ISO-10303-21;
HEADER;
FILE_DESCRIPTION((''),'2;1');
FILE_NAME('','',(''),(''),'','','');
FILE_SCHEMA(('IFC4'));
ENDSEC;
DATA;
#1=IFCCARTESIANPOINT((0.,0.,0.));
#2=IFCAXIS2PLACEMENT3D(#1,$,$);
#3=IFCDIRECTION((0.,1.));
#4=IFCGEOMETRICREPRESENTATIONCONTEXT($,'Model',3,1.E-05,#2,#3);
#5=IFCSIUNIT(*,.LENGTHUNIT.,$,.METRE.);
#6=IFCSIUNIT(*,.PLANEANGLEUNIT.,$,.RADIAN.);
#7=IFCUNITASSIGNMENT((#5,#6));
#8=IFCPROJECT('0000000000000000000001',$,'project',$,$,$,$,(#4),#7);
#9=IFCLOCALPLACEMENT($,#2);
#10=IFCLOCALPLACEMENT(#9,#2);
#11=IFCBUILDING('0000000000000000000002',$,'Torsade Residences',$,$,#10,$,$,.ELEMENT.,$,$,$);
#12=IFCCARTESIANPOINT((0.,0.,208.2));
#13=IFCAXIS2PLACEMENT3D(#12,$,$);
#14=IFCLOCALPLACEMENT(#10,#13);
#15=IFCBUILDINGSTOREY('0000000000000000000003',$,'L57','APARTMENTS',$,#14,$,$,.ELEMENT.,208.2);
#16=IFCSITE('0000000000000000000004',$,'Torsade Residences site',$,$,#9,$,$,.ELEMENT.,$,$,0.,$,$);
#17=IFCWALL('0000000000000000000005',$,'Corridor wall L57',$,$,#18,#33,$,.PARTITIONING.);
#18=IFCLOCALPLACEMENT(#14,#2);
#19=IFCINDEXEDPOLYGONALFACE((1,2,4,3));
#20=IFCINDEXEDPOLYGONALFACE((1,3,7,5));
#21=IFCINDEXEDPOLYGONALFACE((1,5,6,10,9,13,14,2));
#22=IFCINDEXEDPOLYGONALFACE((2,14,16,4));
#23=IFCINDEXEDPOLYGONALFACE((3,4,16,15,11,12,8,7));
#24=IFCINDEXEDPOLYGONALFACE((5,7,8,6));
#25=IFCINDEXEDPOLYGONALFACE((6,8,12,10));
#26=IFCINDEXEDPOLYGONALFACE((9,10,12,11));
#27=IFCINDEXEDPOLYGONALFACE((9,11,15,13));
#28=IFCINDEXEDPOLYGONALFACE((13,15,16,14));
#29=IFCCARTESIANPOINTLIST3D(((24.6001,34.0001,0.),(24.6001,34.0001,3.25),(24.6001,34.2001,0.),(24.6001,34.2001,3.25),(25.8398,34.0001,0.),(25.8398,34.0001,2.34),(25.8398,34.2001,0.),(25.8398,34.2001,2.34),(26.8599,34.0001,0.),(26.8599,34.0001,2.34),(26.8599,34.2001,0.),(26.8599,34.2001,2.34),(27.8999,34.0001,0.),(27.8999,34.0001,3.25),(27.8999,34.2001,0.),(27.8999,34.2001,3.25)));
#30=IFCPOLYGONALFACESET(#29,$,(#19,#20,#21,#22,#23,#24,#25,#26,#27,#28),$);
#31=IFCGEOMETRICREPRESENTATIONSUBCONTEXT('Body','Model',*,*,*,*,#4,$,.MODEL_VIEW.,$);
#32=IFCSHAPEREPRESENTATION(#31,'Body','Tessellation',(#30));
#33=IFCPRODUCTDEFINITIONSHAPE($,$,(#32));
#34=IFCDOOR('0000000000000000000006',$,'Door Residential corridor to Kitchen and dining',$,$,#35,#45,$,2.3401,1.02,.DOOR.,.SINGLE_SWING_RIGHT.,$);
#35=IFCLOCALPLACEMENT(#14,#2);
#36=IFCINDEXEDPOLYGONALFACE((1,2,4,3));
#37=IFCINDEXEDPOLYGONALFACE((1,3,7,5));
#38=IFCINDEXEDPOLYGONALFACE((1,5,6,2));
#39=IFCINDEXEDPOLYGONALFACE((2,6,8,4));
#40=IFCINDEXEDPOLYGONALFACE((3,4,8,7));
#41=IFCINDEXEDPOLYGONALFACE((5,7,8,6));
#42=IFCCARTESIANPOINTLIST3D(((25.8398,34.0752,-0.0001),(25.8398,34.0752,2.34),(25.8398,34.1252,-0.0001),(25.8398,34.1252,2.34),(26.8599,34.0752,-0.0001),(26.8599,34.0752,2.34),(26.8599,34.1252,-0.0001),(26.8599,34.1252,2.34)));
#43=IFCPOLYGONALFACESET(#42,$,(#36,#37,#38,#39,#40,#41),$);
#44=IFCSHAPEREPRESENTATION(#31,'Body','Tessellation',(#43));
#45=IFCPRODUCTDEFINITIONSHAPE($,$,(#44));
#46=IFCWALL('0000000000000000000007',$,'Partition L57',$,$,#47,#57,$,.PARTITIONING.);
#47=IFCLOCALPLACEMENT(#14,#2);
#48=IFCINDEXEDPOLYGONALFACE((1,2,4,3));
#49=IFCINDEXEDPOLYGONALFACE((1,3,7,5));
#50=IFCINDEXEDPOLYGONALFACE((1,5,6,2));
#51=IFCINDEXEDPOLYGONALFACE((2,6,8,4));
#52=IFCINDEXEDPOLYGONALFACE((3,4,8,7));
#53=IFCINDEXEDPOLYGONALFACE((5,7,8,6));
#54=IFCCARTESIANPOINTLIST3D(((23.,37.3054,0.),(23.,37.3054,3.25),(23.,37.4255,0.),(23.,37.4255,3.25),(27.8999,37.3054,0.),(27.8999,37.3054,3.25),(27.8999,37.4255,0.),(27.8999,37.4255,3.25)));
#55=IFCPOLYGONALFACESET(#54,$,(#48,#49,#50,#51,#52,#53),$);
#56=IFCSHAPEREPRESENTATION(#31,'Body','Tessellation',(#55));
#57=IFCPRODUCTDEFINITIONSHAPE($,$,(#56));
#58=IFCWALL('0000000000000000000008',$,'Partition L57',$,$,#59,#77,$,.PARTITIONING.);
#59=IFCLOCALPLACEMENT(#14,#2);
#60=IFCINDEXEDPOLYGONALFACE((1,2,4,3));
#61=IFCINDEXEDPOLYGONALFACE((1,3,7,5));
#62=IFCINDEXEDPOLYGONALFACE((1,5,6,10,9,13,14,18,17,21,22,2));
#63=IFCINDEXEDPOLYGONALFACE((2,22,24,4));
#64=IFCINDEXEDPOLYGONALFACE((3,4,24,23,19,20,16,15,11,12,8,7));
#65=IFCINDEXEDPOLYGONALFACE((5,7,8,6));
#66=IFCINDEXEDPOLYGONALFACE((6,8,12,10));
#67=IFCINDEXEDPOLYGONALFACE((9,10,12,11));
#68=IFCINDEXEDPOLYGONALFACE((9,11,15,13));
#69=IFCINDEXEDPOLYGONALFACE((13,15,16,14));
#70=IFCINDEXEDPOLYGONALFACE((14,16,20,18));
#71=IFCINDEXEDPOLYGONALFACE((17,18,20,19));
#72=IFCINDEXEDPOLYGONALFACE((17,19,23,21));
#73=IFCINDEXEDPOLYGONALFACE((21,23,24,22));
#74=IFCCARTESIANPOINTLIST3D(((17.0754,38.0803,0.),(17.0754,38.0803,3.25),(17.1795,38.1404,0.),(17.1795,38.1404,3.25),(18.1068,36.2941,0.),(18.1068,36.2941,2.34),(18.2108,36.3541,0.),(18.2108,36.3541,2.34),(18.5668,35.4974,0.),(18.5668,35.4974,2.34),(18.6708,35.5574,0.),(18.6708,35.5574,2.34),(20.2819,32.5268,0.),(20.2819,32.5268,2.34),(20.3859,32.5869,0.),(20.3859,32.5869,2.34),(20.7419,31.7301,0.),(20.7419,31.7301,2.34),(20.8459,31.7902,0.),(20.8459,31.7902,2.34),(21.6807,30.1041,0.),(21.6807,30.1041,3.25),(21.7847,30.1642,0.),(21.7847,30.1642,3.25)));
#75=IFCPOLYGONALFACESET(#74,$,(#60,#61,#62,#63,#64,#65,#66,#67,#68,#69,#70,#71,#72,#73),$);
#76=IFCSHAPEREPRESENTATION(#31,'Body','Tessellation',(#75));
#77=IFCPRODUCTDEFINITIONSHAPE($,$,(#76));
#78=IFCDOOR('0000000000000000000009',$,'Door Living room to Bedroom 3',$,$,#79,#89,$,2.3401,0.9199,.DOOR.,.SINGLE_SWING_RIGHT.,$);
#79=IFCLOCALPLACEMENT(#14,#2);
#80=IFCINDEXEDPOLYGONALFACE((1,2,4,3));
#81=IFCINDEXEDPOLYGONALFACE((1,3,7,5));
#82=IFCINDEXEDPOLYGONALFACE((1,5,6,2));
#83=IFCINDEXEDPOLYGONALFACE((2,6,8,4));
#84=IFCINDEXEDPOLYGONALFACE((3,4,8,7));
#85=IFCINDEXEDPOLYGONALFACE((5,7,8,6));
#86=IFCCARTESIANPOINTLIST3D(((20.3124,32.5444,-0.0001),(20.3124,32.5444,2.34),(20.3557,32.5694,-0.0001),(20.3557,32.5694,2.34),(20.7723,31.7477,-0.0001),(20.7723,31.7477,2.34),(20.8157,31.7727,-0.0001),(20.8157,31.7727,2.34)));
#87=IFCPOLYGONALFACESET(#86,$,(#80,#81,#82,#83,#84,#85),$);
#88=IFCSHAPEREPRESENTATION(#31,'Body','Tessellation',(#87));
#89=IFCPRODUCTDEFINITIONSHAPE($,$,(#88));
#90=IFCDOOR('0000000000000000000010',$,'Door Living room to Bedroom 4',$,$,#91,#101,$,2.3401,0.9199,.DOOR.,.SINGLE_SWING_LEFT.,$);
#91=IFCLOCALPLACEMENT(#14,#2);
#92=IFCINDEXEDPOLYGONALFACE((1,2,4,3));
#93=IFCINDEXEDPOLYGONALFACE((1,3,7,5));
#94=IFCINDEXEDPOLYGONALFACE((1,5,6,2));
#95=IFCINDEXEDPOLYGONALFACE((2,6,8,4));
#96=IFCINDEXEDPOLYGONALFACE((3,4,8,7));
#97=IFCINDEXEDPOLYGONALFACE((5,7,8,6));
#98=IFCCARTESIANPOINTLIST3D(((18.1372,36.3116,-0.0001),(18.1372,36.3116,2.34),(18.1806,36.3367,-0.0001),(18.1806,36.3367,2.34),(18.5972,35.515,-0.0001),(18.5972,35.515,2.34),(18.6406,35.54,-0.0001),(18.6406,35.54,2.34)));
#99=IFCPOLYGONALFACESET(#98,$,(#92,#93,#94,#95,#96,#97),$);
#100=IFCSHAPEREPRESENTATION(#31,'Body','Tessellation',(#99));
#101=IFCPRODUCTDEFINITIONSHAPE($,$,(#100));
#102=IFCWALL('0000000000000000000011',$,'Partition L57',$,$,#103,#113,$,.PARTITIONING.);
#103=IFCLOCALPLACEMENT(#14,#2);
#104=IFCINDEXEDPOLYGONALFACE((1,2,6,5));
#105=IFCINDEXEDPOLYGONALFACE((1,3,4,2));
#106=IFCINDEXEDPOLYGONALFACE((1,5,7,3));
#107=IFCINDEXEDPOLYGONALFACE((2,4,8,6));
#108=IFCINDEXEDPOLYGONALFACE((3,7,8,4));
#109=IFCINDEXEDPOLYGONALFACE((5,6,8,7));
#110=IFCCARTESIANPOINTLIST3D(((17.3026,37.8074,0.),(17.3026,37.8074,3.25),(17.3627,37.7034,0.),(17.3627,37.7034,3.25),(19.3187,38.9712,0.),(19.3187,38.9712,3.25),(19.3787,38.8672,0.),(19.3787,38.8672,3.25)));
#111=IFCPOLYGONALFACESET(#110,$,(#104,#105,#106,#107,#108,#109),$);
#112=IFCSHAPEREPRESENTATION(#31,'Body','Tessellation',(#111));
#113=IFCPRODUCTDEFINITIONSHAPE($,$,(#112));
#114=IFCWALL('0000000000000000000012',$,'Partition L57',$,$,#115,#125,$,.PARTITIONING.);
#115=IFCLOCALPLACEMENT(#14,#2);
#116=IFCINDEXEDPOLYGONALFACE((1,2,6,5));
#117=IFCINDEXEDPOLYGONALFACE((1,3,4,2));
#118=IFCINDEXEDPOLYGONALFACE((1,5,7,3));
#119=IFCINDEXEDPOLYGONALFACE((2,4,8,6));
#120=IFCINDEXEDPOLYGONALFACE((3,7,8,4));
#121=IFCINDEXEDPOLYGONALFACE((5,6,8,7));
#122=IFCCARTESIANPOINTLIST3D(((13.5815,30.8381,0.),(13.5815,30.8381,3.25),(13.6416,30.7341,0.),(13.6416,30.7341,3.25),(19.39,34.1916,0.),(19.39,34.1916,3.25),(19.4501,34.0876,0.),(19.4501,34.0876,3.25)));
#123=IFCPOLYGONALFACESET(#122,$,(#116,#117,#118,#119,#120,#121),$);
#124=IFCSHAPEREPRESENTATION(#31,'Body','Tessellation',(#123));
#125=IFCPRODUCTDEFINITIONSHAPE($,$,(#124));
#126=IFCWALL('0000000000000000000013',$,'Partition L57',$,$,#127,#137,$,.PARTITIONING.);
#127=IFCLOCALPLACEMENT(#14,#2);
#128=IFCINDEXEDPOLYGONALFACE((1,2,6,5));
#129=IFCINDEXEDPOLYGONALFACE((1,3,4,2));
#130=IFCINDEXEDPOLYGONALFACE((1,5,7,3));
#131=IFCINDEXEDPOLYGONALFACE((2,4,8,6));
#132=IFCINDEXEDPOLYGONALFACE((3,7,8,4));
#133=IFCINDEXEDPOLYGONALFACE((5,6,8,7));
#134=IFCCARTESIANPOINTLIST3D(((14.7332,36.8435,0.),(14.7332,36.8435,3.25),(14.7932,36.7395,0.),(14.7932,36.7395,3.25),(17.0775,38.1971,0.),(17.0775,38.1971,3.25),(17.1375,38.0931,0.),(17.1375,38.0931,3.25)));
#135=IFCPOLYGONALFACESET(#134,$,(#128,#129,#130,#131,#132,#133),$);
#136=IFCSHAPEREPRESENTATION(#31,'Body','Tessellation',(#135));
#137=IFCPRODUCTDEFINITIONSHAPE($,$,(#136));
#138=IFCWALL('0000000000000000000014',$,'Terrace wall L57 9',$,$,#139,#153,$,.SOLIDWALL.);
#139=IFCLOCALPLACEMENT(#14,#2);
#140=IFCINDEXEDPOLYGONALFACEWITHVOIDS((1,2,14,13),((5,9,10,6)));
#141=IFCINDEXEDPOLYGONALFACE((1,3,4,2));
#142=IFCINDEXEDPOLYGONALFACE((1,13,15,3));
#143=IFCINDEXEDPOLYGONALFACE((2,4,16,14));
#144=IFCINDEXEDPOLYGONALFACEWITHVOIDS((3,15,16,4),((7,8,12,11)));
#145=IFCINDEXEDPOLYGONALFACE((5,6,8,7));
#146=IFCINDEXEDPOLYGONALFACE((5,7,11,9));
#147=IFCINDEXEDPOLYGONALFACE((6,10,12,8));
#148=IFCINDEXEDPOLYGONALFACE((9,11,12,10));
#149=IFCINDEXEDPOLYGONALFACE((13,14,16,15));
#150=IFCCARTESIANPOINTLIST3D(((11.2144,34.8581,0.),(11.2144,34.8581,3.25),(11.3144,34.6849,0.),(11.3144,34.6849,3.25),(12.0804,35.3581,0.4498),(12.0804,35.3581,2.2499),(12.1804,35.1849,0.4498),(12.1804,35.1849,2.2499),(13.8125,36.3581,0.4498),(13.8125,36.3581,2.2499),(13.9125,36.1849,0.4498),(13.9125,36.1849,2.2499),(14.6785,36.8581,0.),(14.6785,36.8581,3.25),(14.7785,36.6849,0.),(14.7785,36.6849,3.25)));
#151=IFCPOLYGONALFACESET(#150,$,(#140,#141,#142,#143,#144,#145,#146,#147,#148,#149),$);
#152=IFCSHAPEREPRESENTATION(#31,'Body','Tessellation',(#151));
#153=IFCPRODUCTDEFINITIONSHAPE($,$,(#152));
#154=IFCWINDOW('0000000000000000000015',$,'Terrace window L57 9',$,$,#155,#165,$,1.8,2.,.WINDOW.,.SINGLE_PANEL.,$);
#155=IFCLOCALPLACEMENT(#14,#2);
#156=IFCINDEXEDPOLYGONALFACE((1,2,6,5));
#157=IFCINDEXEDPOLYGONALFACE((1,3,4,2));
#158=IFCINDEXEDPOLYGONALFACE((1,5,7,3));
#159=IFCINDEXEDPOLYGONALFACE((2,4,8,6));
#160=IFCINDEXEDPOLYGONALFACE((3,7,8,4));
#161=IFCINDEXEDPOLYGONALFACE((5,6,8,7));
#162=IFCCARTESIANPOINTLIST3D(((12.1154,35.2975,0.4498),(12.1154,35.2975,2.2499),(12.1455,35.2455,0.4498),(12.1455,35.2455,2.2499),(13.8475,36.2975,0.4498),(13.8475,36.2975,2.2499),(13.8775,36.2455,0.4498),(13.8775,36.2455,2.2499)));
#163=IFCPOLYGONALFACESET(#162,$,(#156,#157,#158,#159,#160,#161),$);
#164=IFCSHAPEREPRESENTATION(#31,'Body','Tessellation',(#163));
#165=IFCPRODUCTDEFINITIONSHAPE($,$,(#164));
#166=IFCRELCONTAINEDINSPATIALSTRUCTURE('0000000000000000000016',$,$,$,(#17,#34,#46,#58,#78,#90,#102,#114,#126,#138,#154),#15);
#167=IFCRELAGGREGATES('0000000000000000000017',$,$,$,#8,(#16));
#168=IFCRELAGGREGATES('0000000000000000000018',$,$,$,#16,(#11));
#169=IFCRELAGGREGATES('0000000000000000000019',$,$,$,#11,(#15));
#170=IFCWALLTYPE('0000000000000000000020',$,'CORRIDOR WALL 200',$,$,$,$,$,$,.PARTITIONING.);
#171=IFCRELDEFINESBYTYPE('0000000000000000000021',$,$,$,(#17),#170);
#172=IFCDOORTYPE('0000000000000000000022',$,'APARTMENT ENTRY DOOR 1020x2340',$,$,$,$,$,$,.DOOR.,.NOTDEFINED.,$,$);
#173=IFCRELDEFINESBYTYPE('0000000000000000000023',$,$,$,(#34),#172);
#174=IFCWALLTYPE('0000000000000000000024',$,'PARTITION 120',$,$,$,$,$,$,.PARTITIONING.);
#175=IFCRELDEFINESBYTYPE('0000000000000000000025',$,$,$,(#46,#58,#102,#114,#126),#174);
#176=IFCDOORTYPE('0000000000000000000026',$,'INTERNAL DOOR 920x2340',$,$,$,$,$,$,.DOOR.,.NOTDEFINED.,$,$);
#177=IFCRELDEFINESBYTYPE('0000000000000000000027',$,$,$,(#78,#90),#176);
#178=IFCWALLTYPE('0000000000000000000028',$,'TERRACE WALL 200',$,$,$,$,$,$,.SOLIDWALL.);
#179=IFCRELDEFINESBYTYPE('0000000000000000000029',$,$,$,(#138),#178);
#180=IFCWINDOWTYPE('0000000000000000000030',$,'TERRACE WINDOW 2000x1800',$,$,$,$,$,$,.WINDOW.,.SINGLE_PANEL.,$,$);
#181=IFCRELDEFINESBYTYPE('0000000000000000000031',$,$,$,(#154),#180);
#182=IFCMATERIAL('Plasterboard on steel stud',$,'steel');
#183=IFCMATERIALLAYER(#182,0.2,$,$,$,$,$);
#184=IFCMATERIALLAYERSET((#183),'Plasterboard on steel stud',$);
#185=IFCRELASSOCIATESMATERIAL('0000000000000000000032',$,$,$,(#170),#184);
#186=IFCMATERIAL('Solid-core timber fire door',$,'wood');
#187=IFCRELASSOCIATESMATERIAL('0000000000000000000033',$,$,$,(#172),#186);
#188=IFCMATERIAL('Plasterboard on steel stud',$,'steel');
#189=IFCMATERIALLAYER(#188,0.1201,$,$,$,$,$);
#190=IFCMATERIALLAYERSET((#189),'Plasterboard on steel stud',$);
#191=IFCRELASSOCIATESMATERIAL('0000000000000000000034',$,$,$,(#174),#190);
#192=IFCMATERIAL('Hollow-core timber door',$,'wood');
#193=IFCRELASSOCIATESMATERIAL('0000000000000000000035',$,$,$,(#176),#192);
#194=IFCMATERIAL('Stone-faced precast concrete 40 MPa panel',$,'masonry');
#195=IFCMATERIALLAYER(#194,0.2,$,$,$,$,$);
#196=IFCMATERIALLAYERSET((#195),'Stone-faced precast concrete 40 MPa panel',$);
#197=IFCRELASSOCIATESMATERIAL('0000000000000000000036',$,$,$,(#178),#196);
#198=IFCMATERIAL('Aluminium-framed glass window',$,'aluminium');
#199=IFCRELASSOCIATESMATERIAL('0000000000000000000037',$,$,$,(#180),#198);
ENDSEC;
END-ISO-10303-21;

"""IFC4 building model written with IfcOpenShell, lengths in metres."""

from ifc_helpers import new_model, si_unit, direction, frame, frame_2d, origin, place, context, subcontext, project, spatial, rectangle, extrude, material, layer, layer_set, type_object, element, fill, save


model = new_model("IFC4")

# Units and contexts
model_context = context("Model", 3, precision=1e-05, world=origin(), true_north=direction((0.0, 1.0)))
body_context = subcontext(model_context, "Body", "Model", "MODEL_VIEW")
ifc_project = project(units=[si_unit("LENGTHUNIT", "METRE"), si_unit("PLANEANGLEUNIT", "RADIAN")], contexts=[model_context])

# Site, building, storey
site_placement = place(None, origin())
site = spatial("IfcSite", under=ifc_project, at=site_placement, Name="Torsade Residences site", CompositionType="ELEMENT", RefElevation=0.0)
building_placement = place(site_placement, origin())
building = spatial("IfcBuilding", under=site, at=building_placement, Name="Torsade Residences", CompositionType="ELEMENT")
storey_placement = place(building_placement, frame((0.0, 0.0, 208.2)))
storey = spatial("IfcBuildingStorey", under=building, at=storey_placement, Name="L57", Description="APARTMENTS", CompositionType="ELEMENT", Elevation=208.2)

# Wall, opening, door
ifc_material_1 = material(Name="Plasterboard on steel stud", Category="steel")
ifc_layer_1 = layer(ifc_material_1, 0.2)
ifc_layer_set_1 = layer_set([ifc_layer_1], Name="Plasterboard on steel stud")
wall_type_1 = type_object("IfcWallType", Name="CORRIDOR WALL 200", PredefinedType="PARTITIONING", material=ifc_layer_set_1)
wall_1_placement = place(storey_placement, frame((27.8999, 34.1001, 0.0), z_axis=(0.0, 0.0, 1.0), x_axis=(-1.0, 0.0, 0.0)))
wall_1 = element("IfcWall", 1, at=wall_1_placement, inside=storey, type_object=wall_type_1, Name="Corridor wall L57", PredefinedType="PARTITIONING", context=body_context, shape_type="SweptSolid", body=[
    extrude(rectangle(XDim=3.2998, YDim=0.2, at=frame_2d((1.6499, 0.0))), origin(), (0.0, 0.0, 1.0), 3.25),
])
opening_1_placement = place(wall_1_placement, frame((1.04, 0.0, 0.0)))
opening_1 = element("IfcOpeningElement", 2, at=opening_1_placement, cuts=wall_1, PredefinedType="OPENING", context=body_context, shape_type="SweptSolid", body=[
    extrude(rectangle(XDim=1.02, YDim=2.3401, at=frame_2d((0.51, 1.1699))), frame((0.0, 0.1099, 0.0), z_axis=(0.0, -1.0, 0.0), x_axis=(1.0, 0.0, 0.0)), (0.0, 0.0, 1.0), 0.22),
])
ifc_material_2 = material(Name="Solid-core timber fire door", Category="wood")
door_type_1 = type_object("IfcDoorType", Name="APARTMENT ENTRY DOOR 1020x2340", OperationType="NOTDEFINED", PredefinedType="DOOR", material=ifc_material_2)
door_1_placement = place(opening_1_placement, origin())
door_1 = element("IfcDoor", 3, at=door_1_placement, inside=storey, type_object=door_type_1, Name="Door Residential corridor to Kitchen and dining", OperationType="SINGLE_SWING_RIGHT", OverallHeight=2.3401, OverallWidth=1.02, PredefinedType="DOOR", context=body_context, shape_type="SweptSolid", body=[
    extrude(rectangle(XDim=1.02, YDim=2.3401, at=frame_2d((0.51, 1.1699))), frame((0.0, 0.0249, 0.0), z_axis=(0.0, -1.0, 0.0), x_axis=(1.0, 0.0, 0.0)), (0.0, 0.0, 1.0), 0.05),
])
fill(opening_1, door_1)

# Wall
ifc_material_3 = material(Name="Plasterboard on steel stud", Category="steel")
ifc_layer_2 = layer(ifc_material_3, 0.1201)
ifc_layer_set_2 = layer_set([ifc_layer_2], Name="Plasterboard on steel stud")
wall_type_2 = type_object("IfcWallType", Name="PARTITION 120", PredefinedType="PARTITIONING", material=ifc_layer_set_2)
wall_2_placement = place(storey_placement, frame((23.0, 37.3655, 0.0), z_axis=(0.0, 0.0, 1.0), x_axis=(1.0, 0.0, 0.0)))
element("IfcWall", 4, at=wall_2_placement, inside=storey, type_object=wall_type_2, Name="Partition L57", PredefinedType="PARTITIONING", context=body_context, shape_type="SweptSolid", body=[
    extrude(rectangle(XDim=4.8999, YDim=0.1201, at=frame_2d((2.45, 0.0))), origin(), (0.0, 0.0, 1.0), 3.25),
])

# Wall, openings, doors
wall_3_placement = place(storey_placement, frame((21.7327, 30.1343, 0.0), z_axis=(0.0, 0.0, 1.0), x_axis=(-0.500019, 0.866014, 0.0)))
wall_3 = element("IfcWall", 5, at=wall_3_placement, inside=storey, type_object=wall_type_2, Name="Partition L57", PredefinedType="PARTITIONING", context=body_context, shape_type="SweptSolid", body=[
    extrude(rectangle(XDim=9.2102, YDim=0.1201, at=frame_2d((4.605, 0.0))), origin(), (0.0, 0.0, 1.0), 3.25),
])
opening_2_placement = place(wall_3_placement, frame((1.8774, 0.0, 0.0)))
opening_2 = element("IfcOpeningElement", 6, at=opening_2_placement, cuts=wall_3, PredefinedType="OPENING", context=body_context, shape_type="SweptSolid", body=[
    extrude(rectangle(XDim=0.9199, YDim=2.3401, at=frame_2d((0.46, 1.1699))), frame((0.0, 0.0701, 0.0), z_axis=(0.0, -1.0, 0.0), x_axis=(1.0, 0.0, 0.0)), (0.0, 0.0, 1.0), 0.1401),
])
opening_3_placement = place(wall_3_placement, frame((6.2275, 0.0, 0.0)))
opening_3 = element("IfcOpeningElement", 7, at=opening_3_placement, cuts=wall_3, PredefinedType="OPENING", context=body_context, shape_type="SweptSolid", body=[
    extrude(rectangle(XDim=0.9199, YDim=2.3401, at=frame_2d((0.46, 1.1699))), frame((0.0, 0.0701, 0.0), z_axis=(0.0, -1.0, 0.0), x_axis=(1.0, 0.0, 0.0)), (0.0, 0.0, 1.0), 0.1401),
])
ifc_material_4 = material(Name="Hollow-core timber door", Category="wood")
door_type_2 = type_object("IfcDoorType", Name="INTERNAL DOOR 920x2340", OperationType="NOTDEFINED", PredefinedType="DOOR", material=ifc_material_4)
door_2_placement = place(opening_2_placement, origin())
door_2 = element("IfcDoor", 8, at=door_2_placement, inside=storey, type_object=door_type_2, Name="Door Living room to Bedroom 3", OperationType="SINGLE_SWING_RIGHT", OverallHeight=2.3401, OverallWidth=0.9199, PredefinedType="DOOR", context=body_context, shape_type="SweptSolid", body=[
    extrude(rectangle(XDim=0.9199, YDim=2.3401, at=frame_2d((0.46, 1.1699))), frame((0.0, 0.0249, 0.0), z_axis=(0.0, -1.0, 0.0), x_axis=(1.0, 0.0, 0.0)), (0.0, 0.0, 1.0), 0.05),
])
fill(opening_2, door_2)
door_3_placement = place(opening_3_placement, origin())
door_3 = element("IfcDoor", 9, at=door_3_placement, inside=storey, type_object=door_type_2, Name="Door Living room to Bedroom 4", OperationType="SINGLE_SWING_LEFT", OverallHeight=2.3401, OverallWidth=0.9199, PredefinedType="DOOR", context=body_context, shape_type="SweptSolid", body=[
    extrude(rectangle(XDim=0.9199, YDim=2.3401, at=frame_2d((0.46, 1.1699))), frame((0.0, 0.0249, 0.0), z_axis=(0.0, -1.0, 0.0), x_axis=(1.0, 0.0, 0.0)), (0.0, 0.0, 1.0), 0.05),
])
fill(opening_3, door_3)

# Walls
wall_4_placement = place(storey_placement, frame((17.3325, 37.7554, 0.0), z_axis=(0.0, 0.0, 1.0), x_axis=(0.86606, 0.49994, 0.0)))
element("IfcWall", 10, at=wall_4_placement, inside=storey, type_object=wall_type_2, Name="Partition L57", PredefinedType="PARTITIONING", context=body_context, shape_type="SweptSolid", body=[
    extrude(rectangle(XDim=2.3279, YDim=0.1201, at=frame_2d((1.1641, 0.0))), origin(), (0.0, 0.0, 1.0), 3.25),
])
wall_5_placement = place(storey_placement, frame((13.6116, 30.7861, 0.0), z_axis=(0.0, 0.0, 1.0), x_axis=(0.86603, 0.499991, 0.0)))
element("IfcWall", 11, at=wall_5_placement, inside=storey, type_object=wall_type_2, Name="Partition L57", PredefinedType="PARTITIONING", context=body_context, shape_type="SweptSolid", body=[
    extrude(rectangle(XDim=6.707, YDim=0.1201, at=frame_2d((3.3535, 0.0))), origin(), (0.0, 0.0, 1.0), 3.25),
])
wall_6_placement = place(storey_placement, frame((14.7632, 36.7915, 0.0), z_axis=(0.0, 0.0, 1.0), x_axis=(0.866014, 0.500019, 0.0)))
element("IfcWall", 12, at=wall_6_placement, inside=storey, type_object=wall_type_2, Name="Partition L57", PredefinedType="PARTITIONING", context=body_context, shape_type="SweptSolid", body=[
    extrude(rectangle(XDim=2.707, YDim=0.1201, at=frame_2d((1.3535, 0.0))), origin(), (0.0, 0.0, 1.0), 3.25),
])

# Wall, opening, window
ifc_material_5 = material(Name="Stone-faced precast concrete 40 MPa panel", Category="masonry")
ifc_layer_3 = layer(ifc_material_5, 0.2)
ifc_layer_set_3 = layer_set([ifc_layer_3], Name="Stone-faced precast concrete 40 MPa panel")
wall_type_3 = type_object("IfcWallType", Name="TERRACE WALL 200", PredefinedType="SOLIDWALL", material=ifc_layer_set_3)
wall_7_placement = place(storey_placement, frame((14.7285, 36.7715, 0.0), z_axis=(0.0, 0.0, 1.0), x_axis=(-0.866026, -0.499999, 0.0)))
wall_7 = element("IfcWall", 13, at=wall_7_placement, inside=storey, type_object=wall_type_3, Name="Terrace wall L57 9", PredefinedType="SOLIDWALL", context=body_context, shape_type="SweptSolid", body=[
    extrude(rectangle(XDim=4.0, YDim=0.2, at=frame_2d((2.0, 0.0))), origin(), (0.0, 0.0, 1.0), 3.25),
])
opening_4_placement = place(wall_7_placement, frame((1.0, 0.0, 0.45)))
opening_4 = element("IfcOpeningElement", 14, at=opening_4_placement, cuts=wall_7, PredefinedType="OPENING", context=body_context, shape_type="SweptSolid", body=[
    extrude(rectangle(XDim=2.0, YDim=1.8, at=frame_2d((1.0, 0.8999))), frame((0.0, 0.1099, 0.0), z_axis=(0.0, -1.0, 0.0), x_axis=(1.0, 0.0, 0.0)), (0.0, 0.0, 1.0), 0.22),
])
ifc_material_6 = material(Name="Aluminium-framed glass window", Category="aluminium")
window_type = type_object("IfcWindowType", Name="TERRACE WINDOW 2000x1800", PartitioningType="SINGLE_PANEL", PredefinedType="WINDOW", material=ifc_material_6)
window_placement = place(opening_4_placement, origin())
window = element("IfcWindow", 15, at=window_placement, inside=storey, type_object=window_type, Name="Terrace window L57 9", OverallHeight=1.8, OverallWidth=2.0, PartitioningType="SINGLE_PANEL", PredefinedType="WINDOW", context=body_context, shape_type="SweptSolid", body=[
    extrude(rectangle(XDim=2.0, YDim=1.8, at=frame_2d((1.0, 0.8999))), frame((0.0, 0.03, 0.0), z_axis=(0.0, -1.0, 0.0), x_axis=(1.0, 0.0, 0.0)), (0.0, 0.0, 1.0), 0.0601),
])
fill(opening_4, window)

save(model, "model.ifc")
